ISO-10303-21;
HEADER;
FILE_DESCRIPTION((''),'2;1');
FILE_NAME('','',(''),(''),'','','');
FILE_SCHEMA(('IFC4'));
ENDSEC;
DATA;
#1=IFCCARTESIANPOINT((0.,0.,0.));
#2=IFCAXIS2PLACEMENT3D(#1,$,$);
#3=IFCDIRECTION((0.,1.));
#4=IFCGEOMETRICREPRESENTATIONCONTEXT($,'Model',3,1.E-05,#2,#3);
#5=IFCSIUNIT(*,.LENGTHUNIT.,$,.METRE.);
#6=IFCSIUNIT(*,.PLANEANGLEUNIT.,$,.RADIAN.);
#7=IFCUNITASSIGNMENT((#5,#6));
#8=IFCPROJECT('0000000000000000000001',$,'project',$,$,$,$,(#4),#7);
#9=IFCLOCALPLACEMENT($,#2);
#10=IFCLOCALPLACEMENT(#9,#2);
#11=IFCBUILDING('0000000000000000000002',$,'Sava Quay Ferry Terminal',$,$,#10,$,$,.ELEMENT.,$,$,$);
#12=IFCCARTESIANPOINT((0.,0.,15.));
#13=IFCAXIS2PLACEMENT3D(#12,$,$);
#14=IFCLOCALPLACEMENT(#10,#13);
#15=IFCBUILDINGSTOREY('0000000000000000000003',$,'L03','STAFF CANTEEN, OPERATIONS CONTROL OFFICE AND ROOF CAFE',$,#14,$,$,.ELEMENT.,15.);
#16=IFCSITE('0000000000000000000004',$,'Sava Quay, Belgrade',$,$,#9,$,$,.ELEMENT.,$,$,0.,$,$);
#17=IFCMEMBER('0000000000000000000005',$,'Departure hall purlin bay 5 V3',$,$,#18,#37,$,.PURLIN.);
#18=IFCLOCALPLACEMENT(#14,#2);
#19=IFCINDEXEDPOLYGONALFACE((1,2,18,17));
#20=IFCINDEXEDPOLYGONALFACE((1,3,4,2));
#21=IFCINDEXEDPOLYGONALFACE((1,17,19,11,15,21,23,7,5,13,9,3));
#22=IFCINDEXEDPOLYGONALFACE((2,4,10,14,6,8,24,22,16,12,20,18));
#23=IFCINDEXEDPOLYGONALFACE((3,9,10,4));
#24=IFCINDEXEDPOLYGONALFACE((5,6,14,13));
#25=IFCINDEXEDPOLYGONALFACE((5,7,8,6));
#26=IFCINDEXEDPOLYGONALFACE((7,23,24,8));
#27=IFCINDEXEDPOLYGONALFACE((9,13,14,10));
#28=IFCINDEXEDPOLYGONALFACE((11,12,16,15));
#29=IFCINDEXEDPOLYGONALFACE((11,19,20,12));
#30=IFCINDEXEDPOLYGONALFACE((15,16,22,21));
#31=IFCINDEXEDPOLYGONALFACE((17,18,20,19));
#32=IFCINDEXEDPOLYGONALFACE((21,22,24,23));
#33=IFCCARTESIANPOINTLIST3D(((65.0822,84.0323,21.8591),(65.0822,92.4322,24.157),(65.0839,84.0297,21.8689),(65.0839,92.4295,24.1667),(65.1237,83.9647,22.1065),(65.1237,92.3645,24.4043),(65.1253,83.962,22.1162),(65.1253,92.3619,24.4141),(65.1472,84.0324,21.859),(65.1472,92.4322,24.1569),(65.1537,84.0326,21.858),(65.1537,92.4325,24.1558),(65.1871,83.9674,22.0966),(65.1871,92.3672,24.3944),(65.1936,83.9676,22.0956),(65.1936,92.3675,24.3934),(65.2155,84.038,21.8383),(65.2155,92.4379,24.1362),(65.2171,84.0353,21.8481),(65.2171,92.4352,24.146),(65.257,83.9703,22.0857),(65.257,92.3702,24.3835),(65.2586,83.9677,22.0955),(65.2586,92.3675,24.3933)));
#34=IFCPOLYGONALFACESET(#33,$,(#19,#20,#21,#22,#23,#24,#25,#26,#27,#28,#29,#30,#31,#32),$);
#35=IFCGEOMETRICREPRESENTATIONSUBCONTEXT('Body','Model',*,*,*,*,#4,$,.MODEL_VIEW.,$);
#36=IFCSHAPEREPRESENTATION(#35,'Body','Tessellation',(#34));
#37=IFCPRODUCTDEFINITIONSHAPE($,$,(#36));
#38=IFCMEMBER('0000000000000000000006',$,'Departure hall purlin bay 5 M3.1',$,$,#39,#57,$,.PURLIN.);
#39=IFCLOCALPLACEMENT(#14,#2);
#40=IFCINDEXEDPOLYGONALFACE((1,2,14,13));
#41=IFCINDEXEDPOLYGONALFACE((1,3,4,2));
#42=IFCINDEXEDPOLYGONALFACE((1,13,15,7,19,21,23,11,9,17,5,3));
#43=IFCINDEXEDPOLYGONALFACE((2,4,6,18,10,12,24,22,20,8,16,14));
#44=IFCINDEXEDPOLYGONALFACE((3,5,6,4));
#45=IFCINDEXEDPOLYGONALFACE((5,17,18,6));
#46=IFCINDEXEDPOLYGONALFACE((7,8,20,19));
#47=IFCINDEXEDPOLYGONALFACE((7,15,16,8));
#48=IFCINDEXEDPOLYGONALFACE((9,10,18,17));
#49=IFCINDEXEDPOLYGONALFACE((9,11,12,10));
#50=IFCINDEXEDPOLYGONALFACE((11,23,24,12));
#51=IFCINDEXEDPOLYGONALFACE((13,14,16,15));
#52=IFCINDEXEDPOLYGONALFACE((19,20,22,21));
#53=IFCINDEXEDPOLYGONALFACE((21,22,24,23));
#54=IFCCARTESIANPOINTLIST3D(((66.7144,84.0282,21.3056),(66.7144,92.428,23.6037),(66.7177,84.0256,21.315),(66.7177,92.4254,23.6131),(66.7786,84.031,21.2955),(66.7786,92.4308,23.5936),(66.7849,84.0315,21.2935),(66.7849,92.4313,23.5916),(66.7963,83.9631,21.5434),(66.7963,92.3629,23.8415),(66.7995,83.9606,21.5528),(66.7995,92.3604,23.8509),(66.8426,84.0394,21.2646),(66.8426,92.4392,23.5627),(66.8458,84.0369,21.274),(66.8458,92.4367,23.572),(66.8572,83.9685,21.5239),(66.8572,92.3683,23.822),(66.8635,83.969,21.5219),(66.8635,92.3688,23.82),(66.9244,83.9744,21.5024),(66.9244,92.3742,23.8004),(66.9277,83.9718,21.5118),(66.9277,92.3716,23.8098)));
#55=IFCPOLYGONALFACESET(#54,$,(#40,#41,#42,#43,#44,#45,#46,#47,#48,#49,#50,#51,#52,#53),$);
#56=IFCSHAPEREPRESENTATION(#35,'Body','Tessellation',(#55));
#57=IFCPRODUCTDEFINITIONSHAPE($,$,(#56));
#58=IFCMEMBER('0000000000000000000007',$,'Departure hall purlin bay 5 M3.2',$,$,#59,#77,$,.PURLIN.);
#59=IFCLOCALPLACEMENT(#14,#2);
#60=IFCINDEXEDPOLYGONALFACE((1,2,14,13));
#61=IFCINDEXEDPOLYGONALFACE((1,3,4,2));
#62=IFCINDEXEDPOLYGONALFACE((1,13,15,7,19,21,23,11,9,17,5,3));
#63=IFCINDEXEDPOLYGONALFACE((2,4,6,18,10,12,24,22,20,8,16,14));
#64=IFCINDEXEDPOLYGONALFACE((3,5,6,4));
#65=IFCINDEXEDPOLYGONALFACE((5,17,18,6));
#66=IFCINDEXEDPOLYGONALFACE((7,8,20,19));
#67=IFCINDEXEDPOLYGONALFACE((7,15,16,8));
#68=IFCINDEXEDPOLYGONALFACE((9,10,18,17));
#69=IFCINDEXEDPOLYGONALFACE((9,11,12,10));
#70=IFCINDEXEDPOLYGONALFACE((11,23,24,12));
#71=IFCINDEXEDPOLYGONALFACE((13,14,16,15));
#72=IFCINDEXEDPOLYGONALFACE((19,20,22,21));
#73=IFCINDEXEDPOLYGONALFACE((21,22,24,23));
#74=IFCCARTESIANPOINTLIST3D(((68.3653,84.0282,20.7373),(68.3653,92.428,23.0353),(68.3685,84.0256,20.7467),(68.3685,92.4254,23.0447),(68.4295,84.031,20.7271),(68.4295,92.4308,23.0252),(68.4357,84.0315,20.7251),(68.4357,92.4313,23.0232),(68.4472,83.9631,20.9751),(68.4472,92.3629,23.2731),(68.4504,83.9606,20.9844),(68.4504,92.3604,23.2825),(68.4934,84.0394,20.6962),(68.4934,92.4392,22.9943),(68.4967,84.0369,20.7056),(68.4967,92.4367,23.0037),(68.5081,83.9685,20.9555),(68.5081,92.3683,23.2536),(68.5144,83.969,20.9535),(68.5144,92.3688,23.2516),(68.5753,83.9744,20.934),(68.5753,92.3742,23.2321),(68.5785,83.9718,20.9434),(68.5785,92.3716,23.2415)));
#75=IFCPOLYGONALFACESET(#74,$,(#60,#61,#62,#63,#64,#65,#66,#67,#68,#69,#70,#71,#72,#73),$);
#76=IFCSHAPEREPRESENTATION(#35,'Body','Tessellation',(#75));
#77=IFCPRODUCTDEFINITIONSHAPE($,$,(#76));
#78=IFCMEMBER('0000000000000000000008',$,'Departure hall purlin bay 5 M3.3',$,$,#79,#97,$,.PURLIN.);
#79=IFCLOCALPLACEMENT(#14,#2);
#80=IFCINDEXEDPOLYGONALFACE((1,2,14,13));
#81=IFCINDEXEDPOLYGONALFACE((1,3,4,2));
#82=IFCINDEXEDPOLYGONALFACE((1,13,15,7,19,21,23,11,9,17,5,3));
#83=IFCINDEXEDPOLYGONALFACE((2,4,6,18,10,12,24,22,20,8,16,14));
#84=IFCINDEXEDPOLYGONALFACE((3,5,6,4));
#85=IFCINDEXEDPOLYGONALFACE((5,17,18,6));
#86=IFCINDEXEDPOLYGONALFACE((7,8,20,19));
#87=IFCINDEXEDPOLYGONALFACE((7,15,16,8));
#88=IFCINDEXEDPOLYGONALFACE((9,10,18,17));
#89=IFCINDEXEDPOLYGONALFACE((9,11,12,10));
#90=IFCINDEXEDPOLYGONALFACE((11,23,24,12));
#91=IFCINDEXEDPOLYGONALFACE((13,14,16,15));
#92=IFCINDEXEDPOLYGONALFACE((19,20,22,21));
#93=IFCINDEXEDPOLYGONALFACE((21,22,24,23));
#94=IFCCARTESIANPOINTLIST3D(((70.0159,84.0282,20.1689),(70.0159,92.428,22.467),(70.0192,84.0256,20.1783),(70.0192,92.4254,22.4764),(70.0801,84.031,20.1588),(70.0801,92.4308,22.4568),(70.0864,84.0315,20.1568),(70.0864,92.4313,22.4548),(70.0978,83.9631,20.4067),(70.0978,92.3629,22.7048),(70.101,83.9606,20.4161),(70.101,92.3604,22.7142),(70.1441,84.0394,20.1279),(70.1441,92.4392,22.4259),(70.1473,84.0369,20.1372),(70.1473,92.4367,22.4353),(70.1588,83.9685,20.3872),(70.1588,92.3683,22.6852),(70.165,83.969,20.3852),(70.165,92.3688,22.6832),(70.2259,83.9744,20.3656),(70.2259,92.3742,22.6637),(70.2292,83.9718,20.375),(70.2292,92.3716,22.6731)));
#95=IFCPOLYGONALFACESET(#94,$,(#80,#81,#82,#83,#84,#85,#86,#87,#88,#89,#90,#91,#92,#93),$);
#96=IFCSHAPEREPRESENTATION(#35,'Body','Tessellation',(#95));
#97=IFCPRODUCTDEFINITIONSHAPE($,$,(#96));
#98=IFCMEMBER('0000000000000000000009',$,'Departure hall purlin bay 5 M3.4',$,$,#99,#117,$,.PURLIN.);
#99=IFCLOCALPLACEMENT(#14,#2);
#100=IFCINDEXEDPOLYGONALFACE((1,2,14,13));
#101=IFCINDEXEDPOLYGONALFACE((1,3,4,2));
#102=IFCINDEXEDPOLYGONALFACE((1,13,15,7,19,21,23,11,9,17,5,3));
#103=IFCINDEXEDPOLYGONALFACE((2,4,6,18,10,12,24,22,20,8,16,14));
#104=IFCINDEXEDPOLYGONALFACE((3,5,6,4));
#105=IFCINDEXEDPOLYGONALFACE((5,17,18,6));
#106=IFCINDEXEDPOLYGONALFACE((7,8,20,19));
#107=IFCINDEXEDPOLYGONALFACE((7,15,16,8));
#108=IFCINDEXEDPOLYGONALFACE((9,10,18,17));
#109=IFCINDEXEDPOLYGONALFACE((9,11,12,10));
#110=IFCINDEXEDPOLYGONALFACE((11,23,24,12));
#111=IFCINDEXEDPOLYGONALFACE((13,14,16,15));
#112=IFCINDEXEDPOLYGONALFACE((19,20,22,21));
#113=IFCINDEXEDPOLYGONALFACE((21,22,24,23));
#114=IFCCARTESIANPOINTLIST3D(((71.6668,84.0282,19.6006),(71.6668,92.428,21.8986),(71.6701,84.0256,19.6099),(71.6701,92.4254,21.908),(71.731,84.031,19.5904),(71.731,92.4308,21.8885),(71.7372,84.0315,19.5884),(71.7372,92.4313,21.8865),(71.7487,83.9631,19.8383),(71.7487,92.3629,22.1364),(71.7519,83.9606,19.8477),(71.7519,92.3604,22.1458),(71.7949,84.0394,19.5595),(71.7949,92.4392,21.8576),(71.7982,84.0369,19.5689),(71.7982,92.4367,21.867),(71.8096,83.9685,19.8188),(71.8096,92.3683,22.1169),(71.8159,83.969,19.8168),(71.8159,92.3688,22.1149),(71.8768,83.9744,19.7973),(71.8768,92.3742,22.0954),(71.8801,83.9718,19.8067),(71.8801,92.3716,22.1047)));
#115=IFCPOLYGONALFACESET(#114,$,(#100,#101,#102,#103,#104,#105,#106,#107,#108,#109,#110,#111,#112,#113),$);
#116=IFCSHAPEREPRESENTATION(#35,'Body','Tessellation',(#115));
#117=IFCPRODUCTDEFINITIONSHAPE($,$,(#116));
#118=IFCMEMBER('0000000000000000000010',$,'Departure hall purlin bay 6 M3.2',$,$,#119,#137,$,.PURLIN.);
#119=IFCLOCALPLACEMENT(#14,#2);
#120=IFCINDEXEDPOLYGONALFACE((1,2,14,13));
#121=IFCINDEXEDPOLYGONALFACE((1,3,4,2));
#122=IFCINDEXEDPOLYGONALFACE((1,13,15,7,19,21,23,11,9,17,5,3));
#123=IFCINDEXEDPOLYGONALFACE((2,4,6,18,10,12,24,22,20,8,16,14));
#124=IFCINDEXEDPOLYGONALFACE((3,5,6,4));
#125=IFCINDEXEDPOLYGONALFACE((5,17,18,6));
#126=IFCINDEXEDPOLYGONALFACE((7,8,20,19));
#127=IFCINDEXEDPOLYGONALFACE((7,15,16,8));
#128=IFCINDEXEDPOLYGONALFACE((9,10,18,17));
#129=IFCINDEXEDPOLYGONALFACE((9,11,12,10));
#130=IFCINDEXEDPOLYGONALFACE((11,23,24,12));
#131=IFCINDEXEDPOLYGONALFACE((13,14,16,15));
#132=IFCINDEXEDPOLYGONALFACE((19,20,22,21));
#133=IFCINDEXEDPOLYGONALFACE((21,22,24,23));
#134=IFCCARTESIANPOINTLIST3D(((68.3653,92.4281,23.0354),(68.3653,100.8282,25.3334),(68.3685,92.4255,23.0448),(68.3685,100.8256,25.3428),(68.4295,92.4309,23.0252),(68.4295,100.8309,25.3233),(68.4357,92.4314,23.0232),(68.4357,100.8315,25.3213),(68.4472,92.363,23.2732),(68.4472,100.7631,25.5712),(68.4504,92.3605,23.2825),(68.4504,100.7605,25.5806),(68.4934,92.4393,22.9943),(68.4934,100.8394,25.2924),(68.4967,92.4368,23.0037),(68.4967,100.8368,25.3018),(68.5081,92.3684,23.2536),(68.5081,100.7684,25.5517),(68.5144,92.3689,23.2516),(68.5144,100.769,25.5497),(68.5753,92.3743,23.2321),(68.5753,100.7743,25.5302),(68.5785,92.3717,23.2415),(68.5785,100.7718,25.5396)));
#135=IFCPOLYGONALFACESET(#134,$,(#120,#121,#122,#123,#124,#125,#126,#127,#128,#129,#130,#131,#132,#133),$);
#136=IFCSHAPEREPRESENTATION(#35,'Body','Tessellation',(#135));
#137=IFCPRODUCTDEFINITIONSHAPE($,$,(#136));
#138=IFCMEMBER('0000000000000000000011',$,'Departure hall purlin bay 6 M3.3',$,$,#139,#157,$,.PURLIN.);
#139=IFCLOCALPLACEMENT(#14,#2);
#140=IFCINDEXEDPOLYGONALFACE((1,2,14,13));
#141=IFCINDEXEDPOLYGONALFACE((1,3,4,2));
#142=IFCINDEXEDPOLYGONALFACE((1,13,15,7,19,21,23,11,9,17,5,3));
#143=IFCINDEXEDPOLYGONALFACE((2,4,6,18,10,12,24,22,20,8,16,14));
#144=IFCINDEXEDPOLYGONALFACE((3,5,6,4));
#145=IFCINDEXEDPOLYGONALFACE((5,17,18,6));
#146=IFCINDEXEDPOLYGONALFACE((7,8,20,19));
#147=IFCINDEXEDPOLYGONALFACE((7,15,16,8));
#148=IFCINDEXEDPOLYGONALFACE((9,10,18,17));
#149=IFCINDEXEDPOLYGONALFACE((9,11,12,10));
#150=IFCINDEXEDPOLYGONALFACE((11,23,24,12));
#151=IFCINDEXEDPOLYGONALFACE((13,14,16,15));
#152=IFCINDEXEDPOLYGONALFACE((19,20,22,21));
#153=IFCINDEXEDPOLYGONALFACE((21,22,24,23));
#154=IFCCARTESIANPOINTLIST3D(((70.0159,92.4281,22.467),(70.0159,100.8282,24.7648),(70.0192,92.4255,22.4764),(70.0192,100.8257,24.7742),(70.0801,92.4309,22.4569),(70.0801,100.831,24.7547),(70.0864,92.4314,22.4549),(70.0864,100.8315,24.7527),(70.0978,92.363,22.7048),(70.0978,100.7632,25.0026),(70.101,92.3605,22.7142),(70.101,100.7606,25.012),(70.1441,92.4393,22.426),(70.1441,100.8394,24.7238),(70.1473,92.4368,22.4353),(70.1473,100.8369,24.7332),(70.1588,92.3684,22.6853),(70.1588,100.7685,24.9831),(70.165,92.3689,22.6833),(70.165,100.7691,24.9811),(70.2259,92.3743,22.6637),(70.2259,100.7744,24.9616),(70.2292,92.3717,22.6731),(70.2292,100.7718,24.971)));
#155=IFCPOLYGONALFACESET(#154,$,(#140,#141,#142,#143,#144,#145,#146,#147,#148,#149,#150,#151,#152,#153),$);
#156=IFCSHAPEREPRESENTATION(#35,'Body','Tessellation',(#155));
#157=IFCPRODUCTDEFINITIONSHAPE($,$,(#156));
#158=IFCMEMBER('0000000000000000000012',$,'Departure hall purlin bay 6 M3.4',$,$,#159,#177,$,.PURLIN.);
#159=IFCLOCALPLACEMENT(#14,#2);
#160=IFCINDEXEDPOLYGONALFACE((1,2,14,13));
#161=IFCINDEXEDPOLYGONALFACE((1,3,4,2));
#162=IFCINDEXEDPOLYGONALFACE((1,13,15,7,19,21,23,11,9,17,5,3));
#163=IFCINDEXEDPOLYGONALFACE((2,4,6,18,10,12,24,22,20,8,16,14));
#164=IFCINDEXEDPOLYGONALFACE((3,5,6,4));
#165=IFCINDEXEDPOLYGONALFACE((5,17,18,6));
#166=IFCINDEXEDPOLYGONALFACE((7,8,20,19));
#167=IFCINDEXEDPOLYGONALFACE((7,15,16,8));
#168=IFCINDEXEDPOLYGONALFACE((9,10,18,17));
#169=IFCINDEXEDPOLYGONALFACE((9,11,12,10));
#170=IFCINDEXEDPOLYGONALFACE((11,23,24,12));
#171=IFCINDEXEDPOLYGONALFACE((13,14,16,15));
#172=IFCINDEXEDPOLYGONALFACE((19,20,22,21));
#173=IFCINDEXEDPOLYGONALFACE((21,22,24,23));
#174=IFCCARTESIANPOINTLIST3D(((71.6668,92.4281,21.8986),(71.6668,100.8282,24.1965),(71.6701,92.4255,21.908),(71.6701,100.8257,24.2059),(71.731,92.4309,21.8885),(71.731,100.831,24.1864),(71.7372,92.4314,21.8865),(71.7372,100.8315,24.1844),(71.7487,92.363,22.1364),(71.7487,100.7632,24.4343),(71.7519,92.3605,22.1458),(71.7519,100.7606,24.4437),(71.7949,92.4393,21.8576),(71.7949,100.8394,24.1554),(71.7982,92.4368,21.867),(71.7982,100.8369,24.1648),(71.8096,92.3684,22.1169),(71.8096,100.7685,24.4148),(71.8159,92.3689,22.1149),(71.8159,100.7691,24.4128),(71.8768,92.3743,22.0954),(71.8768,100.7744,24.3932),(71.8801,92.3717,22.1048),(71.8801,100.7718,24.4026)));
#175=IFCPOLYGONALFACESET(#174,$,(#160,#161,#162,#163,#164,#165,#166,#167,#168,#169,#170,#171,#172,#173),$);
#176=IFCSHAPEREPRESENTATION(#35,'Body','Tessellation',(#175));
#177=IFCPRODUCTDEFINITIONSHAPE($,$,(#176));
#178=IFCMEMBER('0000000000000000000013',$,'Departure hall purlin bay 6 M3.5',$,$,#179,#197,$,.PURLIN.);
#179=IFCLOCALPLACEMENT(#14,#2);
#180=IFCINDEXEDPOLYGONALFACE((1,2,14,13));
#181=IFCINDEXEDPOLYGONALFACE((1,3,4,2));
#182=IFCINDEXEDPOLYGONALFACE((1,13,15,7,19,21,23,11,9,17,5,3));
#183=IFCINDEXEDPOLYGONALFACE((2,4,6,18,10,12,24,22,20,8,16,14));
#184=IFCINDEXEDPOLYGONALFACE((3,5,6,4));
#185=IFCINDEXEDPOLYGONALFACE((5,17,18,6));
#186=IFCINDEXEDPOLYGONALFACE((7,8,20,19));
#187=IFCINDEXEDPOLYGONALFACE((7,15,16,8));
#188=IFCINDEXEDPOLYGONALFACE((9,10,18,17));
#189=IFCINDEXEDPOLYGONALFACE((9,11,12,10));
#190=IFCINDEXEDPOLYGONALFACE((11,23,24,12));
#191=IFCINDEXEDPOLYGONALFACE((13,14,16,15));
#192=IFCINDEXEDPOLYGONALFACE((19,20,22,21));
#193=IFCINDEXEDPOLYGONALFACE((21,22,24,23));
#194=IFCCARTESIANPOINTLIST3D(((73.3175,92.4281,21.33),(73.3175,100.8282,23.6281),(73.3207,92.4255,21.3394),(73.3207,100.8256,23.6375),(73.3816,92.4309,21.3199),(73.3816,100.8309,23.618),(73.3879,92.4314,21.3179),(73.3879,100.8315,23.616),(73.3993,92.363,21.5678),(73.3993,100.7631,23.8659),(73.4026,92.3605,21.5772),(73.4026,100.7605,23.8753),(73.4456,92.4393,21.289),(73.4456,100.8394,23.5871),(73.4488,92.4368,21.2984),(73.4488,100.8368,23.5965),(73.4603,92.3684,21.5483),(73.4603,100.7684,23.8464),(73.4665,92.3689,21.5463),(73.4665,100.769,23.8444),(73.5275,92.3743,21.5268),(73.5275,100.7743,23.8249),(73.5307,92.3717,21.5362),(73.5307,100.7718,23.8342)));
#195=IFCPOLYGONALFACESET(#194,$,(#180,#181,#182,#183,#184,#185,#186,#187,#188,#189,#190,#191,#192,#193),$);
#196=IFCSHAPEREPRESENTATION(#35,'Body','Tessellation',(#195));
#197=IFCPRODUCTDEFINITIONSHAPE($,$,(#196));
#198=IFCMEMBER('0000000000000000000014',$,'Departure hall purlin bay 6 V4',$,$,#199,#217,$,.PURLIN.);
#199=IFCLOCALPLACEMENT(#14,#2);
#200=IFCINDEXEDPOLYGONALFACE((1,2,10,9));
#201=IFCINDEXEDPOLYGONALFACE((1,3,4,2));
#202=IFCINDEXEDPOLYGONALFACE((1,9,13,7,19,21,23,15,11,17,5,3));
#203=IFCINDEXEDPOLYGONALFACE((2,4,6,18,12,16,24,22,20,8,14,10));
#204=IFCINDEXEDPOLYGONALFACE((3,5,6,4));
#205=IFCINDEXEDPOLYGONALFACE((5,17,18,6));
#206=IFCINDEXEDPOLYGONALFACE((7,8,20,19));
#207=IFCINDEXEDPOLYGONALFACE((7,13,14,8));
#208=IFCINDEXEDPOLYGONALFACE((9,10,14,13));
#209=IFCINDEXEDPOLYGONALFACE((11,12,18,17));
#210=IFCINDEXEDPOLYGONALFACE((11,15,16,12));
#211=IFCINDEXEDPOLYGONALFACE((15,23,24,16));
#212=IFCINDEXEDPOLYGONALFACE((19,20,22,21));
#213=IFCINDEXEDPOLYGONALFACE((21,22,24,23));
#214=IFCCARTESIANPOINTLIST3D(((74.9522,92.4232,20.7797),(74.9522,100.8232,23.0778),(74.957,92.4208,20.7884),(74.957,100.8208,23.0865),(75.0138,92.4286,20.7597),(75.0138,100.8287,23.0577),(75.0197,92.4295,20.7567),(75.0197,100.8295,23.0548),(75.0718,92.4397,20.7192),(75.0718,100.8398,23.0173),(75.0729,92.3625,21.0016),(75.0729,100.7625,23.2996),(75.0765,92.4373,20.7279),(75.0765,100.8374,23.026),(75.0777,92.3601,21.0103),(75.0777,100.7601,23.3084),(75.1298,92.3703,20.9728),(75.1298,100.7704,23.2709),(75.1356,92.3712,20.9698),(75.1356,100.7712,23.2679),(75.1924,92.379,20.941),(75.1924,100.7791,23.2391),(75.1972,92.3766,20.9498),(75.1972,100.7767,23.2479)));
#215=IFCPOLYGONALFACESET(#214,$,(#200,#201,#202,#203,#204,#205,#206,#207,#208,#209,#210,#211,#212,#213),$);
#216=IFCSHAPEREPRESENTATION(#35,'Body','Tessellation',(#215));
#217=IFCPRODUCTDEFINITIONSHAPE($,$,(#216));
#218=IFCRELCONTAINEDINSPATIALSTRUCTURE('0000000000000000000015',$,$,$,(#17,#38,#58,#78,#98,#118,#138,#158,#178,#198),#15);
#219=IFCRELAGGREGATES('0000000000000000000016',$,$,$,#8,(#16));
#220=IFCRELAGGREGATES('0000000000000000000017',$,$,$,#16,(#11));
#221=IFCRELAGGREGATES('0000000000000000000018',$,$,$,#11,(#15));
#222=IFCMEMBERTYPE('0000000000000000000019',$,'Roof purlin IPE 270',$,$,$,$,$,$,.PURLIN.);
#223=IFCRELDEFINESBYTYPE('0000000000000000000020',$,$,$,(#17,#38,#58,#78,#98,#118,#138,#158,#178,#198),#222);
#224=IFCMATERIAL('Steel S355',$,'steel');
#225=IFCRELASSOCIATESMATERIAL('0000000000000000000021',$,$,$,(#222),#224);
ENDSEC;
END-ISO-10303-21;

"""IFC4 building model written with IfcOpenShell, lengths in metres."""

from ifc_helpers import new_model, si_unit, direction, frame, origin, origin_2d, place, context, subcontext, project, spatial, i_section, extrude, material, material_profile, profile_set, type_object, element, save


model = new_model("IFC4")

# Units and contexts
model_context = context("Model", 3, precision=1e-05, world=origin(), true_north=direction((0.0, 1.0)))
body_context = subcontext(model_context, "Body", "Model", "MODEL_VIEW")
ifc_project = project(units=[si_unit("LENGTHUNIT", "METRE"), si_unit("PLANEANGLEUNIT", "RADIAN")], contexts=[model_context])

# Site, building, storey
site_placement = place(None, origin())
site = spatial("IfcSite", under=ifc_project, at=site_placement, Name="Sava Quay, Belgrade", CompositionType="ELEMENT", RefElevation=0.0)
building_placement = place(site_placement, origin())
building = spatial("IfcBuilding", under=site, at=building_placement, Name="Sava Quay Ferry Terminal", CompositionType="ELEMENT")
storey_placement = place(building_placement, frame((0.0, 0.0, 15.0)))
storey = spatial("IfcBuildingStorey", under=building, at=storey_placement, Name="L03", Description="STAFF CANTEEN, OPERATIONS CONTROL OFFICE AND ROOF CAFE", CompositionType="ELEMENT", Elevation=15.0)

# Members
ifc_material_1 = material(Name="Steel S355", Category="steel")
ifc_material_profile_1 = material_profile(ifc_material_1, i_section(OverallWidth=0.135, OverallDepth=0.27, WebThickness=0.0066, FlangeThickness=0.0103, at=origin_2d()), Name="IPE 270")
ifc_profile_set_1 = profile_set([ifc_material_profile_1], Name="Steel S355")
member_type_1 = type_object("IfcMemberType", Name="Roof purlin IPE 270", PredefinedType="PURLIN", material=ifc_profile_set_1)
for number, where, z_axis, x_axis, name in (
    (1, (65.1704, 84.0, 21.9773), (0.0, 0.96456, 0.263862), (-0.987175, -0.042124, 0.153987), "Departure hall purlin bay 5 V3"),
    (2, (66.821, 84.0, 21.4087), (0.0, 0.964553, 0.263888), (-0.949027, -0.083176, 0.304022), "Departure hall purlin bay 5 M3.1"),
    (3, (68.4719, 84.0, 20.8403), (0.0, 0.964553, 0.263888), (-0.949027, -0.083176, 0.304022), "Departure hall purlin bay 5 M3.2"),
    (4, (70.1226, 84.0, 20.272), (0.0, 0.964553, 0.263888), (-0.949027, -0.083176, 0.304022), "Departure hall purlin bay 5 M3.3"),
    (5, (71.7734, 84.0, 19.7036), (0.0, 0.964553, 0.263888), (-0.949027, -0.083176, 0.304022), "Departure hall purlin bay 5 M3.4"),
):
    element("IfcMember", number, at=place(storey_placement, frame(where, z_axis=z_axis, x_axis=x_axis)), inside=storey, type_object=member_type_1, Name=name, PredefinedType="PURLIN", context=body_context, shape_type="SweptSolid", body=[
        extrude(i_section(OverallWidth=0.135, OverallDepth=0.27, WebThickness=0.0066, FlangeThickness=0.0103, at=origin_2d()), origin(), (0.0, 0.0, 1.0), 8.7085),
    ])
for number, where, z_axis, x_axis, name in (
    (6, (68.4719, 92.3999, 23.1384), (0.0, 0.964555, 0.263881), (-0.949027, -0.083174, 0.304022), "Departure hall purlin bay 6 M3.2"),
    (7, (70.1226, 92.3999, 22.5701), (0.0, 0.964562, 0.263855), (-0.949027, -0.083166, 0.304025), "Departure hall purlin bay 6 M3.3"),
    (8, (71.7734, 92.3999, 22.0017), (0.0, 0.964562, 0.263855), (-0.949027, -0.083166, 0.304025), "Departure hall purlin bay 6 M3.4"),
    (9, (73.4241, 92.3999, 21.4331), (0.0, 0.964555, 0.263881), (-0.949027, -0.083174, 0.304022), "Departure hall purlin bay 6 M3.5"),
    (10, (75.0747, 92.3999, 20.8647), (0.0, 0.964555, 0.263881), (-0.885499, -0.12261, 0.448172), "Departure hall purlin bay 6 V4"),
):
    element("IfcMember", number, at=place(storey_placement, frame(where, z_axis=z_axis, x_axis=x_axis)), inside=storey, type_object=member_type_1, Name=name, PredefinedType="PURLIN", context=body_context, shape_type="SweptSolid", body=[
        extrude(i_section(OverallWidth=0.135, OverallDepth=0.27, WebThickness=0.0066, FlangeThickness=0.0103, at=origin_2d()), origin(), (0.0, 0.0, 1.0), 8.7087),
    ])

save(model, "model.ifc")
